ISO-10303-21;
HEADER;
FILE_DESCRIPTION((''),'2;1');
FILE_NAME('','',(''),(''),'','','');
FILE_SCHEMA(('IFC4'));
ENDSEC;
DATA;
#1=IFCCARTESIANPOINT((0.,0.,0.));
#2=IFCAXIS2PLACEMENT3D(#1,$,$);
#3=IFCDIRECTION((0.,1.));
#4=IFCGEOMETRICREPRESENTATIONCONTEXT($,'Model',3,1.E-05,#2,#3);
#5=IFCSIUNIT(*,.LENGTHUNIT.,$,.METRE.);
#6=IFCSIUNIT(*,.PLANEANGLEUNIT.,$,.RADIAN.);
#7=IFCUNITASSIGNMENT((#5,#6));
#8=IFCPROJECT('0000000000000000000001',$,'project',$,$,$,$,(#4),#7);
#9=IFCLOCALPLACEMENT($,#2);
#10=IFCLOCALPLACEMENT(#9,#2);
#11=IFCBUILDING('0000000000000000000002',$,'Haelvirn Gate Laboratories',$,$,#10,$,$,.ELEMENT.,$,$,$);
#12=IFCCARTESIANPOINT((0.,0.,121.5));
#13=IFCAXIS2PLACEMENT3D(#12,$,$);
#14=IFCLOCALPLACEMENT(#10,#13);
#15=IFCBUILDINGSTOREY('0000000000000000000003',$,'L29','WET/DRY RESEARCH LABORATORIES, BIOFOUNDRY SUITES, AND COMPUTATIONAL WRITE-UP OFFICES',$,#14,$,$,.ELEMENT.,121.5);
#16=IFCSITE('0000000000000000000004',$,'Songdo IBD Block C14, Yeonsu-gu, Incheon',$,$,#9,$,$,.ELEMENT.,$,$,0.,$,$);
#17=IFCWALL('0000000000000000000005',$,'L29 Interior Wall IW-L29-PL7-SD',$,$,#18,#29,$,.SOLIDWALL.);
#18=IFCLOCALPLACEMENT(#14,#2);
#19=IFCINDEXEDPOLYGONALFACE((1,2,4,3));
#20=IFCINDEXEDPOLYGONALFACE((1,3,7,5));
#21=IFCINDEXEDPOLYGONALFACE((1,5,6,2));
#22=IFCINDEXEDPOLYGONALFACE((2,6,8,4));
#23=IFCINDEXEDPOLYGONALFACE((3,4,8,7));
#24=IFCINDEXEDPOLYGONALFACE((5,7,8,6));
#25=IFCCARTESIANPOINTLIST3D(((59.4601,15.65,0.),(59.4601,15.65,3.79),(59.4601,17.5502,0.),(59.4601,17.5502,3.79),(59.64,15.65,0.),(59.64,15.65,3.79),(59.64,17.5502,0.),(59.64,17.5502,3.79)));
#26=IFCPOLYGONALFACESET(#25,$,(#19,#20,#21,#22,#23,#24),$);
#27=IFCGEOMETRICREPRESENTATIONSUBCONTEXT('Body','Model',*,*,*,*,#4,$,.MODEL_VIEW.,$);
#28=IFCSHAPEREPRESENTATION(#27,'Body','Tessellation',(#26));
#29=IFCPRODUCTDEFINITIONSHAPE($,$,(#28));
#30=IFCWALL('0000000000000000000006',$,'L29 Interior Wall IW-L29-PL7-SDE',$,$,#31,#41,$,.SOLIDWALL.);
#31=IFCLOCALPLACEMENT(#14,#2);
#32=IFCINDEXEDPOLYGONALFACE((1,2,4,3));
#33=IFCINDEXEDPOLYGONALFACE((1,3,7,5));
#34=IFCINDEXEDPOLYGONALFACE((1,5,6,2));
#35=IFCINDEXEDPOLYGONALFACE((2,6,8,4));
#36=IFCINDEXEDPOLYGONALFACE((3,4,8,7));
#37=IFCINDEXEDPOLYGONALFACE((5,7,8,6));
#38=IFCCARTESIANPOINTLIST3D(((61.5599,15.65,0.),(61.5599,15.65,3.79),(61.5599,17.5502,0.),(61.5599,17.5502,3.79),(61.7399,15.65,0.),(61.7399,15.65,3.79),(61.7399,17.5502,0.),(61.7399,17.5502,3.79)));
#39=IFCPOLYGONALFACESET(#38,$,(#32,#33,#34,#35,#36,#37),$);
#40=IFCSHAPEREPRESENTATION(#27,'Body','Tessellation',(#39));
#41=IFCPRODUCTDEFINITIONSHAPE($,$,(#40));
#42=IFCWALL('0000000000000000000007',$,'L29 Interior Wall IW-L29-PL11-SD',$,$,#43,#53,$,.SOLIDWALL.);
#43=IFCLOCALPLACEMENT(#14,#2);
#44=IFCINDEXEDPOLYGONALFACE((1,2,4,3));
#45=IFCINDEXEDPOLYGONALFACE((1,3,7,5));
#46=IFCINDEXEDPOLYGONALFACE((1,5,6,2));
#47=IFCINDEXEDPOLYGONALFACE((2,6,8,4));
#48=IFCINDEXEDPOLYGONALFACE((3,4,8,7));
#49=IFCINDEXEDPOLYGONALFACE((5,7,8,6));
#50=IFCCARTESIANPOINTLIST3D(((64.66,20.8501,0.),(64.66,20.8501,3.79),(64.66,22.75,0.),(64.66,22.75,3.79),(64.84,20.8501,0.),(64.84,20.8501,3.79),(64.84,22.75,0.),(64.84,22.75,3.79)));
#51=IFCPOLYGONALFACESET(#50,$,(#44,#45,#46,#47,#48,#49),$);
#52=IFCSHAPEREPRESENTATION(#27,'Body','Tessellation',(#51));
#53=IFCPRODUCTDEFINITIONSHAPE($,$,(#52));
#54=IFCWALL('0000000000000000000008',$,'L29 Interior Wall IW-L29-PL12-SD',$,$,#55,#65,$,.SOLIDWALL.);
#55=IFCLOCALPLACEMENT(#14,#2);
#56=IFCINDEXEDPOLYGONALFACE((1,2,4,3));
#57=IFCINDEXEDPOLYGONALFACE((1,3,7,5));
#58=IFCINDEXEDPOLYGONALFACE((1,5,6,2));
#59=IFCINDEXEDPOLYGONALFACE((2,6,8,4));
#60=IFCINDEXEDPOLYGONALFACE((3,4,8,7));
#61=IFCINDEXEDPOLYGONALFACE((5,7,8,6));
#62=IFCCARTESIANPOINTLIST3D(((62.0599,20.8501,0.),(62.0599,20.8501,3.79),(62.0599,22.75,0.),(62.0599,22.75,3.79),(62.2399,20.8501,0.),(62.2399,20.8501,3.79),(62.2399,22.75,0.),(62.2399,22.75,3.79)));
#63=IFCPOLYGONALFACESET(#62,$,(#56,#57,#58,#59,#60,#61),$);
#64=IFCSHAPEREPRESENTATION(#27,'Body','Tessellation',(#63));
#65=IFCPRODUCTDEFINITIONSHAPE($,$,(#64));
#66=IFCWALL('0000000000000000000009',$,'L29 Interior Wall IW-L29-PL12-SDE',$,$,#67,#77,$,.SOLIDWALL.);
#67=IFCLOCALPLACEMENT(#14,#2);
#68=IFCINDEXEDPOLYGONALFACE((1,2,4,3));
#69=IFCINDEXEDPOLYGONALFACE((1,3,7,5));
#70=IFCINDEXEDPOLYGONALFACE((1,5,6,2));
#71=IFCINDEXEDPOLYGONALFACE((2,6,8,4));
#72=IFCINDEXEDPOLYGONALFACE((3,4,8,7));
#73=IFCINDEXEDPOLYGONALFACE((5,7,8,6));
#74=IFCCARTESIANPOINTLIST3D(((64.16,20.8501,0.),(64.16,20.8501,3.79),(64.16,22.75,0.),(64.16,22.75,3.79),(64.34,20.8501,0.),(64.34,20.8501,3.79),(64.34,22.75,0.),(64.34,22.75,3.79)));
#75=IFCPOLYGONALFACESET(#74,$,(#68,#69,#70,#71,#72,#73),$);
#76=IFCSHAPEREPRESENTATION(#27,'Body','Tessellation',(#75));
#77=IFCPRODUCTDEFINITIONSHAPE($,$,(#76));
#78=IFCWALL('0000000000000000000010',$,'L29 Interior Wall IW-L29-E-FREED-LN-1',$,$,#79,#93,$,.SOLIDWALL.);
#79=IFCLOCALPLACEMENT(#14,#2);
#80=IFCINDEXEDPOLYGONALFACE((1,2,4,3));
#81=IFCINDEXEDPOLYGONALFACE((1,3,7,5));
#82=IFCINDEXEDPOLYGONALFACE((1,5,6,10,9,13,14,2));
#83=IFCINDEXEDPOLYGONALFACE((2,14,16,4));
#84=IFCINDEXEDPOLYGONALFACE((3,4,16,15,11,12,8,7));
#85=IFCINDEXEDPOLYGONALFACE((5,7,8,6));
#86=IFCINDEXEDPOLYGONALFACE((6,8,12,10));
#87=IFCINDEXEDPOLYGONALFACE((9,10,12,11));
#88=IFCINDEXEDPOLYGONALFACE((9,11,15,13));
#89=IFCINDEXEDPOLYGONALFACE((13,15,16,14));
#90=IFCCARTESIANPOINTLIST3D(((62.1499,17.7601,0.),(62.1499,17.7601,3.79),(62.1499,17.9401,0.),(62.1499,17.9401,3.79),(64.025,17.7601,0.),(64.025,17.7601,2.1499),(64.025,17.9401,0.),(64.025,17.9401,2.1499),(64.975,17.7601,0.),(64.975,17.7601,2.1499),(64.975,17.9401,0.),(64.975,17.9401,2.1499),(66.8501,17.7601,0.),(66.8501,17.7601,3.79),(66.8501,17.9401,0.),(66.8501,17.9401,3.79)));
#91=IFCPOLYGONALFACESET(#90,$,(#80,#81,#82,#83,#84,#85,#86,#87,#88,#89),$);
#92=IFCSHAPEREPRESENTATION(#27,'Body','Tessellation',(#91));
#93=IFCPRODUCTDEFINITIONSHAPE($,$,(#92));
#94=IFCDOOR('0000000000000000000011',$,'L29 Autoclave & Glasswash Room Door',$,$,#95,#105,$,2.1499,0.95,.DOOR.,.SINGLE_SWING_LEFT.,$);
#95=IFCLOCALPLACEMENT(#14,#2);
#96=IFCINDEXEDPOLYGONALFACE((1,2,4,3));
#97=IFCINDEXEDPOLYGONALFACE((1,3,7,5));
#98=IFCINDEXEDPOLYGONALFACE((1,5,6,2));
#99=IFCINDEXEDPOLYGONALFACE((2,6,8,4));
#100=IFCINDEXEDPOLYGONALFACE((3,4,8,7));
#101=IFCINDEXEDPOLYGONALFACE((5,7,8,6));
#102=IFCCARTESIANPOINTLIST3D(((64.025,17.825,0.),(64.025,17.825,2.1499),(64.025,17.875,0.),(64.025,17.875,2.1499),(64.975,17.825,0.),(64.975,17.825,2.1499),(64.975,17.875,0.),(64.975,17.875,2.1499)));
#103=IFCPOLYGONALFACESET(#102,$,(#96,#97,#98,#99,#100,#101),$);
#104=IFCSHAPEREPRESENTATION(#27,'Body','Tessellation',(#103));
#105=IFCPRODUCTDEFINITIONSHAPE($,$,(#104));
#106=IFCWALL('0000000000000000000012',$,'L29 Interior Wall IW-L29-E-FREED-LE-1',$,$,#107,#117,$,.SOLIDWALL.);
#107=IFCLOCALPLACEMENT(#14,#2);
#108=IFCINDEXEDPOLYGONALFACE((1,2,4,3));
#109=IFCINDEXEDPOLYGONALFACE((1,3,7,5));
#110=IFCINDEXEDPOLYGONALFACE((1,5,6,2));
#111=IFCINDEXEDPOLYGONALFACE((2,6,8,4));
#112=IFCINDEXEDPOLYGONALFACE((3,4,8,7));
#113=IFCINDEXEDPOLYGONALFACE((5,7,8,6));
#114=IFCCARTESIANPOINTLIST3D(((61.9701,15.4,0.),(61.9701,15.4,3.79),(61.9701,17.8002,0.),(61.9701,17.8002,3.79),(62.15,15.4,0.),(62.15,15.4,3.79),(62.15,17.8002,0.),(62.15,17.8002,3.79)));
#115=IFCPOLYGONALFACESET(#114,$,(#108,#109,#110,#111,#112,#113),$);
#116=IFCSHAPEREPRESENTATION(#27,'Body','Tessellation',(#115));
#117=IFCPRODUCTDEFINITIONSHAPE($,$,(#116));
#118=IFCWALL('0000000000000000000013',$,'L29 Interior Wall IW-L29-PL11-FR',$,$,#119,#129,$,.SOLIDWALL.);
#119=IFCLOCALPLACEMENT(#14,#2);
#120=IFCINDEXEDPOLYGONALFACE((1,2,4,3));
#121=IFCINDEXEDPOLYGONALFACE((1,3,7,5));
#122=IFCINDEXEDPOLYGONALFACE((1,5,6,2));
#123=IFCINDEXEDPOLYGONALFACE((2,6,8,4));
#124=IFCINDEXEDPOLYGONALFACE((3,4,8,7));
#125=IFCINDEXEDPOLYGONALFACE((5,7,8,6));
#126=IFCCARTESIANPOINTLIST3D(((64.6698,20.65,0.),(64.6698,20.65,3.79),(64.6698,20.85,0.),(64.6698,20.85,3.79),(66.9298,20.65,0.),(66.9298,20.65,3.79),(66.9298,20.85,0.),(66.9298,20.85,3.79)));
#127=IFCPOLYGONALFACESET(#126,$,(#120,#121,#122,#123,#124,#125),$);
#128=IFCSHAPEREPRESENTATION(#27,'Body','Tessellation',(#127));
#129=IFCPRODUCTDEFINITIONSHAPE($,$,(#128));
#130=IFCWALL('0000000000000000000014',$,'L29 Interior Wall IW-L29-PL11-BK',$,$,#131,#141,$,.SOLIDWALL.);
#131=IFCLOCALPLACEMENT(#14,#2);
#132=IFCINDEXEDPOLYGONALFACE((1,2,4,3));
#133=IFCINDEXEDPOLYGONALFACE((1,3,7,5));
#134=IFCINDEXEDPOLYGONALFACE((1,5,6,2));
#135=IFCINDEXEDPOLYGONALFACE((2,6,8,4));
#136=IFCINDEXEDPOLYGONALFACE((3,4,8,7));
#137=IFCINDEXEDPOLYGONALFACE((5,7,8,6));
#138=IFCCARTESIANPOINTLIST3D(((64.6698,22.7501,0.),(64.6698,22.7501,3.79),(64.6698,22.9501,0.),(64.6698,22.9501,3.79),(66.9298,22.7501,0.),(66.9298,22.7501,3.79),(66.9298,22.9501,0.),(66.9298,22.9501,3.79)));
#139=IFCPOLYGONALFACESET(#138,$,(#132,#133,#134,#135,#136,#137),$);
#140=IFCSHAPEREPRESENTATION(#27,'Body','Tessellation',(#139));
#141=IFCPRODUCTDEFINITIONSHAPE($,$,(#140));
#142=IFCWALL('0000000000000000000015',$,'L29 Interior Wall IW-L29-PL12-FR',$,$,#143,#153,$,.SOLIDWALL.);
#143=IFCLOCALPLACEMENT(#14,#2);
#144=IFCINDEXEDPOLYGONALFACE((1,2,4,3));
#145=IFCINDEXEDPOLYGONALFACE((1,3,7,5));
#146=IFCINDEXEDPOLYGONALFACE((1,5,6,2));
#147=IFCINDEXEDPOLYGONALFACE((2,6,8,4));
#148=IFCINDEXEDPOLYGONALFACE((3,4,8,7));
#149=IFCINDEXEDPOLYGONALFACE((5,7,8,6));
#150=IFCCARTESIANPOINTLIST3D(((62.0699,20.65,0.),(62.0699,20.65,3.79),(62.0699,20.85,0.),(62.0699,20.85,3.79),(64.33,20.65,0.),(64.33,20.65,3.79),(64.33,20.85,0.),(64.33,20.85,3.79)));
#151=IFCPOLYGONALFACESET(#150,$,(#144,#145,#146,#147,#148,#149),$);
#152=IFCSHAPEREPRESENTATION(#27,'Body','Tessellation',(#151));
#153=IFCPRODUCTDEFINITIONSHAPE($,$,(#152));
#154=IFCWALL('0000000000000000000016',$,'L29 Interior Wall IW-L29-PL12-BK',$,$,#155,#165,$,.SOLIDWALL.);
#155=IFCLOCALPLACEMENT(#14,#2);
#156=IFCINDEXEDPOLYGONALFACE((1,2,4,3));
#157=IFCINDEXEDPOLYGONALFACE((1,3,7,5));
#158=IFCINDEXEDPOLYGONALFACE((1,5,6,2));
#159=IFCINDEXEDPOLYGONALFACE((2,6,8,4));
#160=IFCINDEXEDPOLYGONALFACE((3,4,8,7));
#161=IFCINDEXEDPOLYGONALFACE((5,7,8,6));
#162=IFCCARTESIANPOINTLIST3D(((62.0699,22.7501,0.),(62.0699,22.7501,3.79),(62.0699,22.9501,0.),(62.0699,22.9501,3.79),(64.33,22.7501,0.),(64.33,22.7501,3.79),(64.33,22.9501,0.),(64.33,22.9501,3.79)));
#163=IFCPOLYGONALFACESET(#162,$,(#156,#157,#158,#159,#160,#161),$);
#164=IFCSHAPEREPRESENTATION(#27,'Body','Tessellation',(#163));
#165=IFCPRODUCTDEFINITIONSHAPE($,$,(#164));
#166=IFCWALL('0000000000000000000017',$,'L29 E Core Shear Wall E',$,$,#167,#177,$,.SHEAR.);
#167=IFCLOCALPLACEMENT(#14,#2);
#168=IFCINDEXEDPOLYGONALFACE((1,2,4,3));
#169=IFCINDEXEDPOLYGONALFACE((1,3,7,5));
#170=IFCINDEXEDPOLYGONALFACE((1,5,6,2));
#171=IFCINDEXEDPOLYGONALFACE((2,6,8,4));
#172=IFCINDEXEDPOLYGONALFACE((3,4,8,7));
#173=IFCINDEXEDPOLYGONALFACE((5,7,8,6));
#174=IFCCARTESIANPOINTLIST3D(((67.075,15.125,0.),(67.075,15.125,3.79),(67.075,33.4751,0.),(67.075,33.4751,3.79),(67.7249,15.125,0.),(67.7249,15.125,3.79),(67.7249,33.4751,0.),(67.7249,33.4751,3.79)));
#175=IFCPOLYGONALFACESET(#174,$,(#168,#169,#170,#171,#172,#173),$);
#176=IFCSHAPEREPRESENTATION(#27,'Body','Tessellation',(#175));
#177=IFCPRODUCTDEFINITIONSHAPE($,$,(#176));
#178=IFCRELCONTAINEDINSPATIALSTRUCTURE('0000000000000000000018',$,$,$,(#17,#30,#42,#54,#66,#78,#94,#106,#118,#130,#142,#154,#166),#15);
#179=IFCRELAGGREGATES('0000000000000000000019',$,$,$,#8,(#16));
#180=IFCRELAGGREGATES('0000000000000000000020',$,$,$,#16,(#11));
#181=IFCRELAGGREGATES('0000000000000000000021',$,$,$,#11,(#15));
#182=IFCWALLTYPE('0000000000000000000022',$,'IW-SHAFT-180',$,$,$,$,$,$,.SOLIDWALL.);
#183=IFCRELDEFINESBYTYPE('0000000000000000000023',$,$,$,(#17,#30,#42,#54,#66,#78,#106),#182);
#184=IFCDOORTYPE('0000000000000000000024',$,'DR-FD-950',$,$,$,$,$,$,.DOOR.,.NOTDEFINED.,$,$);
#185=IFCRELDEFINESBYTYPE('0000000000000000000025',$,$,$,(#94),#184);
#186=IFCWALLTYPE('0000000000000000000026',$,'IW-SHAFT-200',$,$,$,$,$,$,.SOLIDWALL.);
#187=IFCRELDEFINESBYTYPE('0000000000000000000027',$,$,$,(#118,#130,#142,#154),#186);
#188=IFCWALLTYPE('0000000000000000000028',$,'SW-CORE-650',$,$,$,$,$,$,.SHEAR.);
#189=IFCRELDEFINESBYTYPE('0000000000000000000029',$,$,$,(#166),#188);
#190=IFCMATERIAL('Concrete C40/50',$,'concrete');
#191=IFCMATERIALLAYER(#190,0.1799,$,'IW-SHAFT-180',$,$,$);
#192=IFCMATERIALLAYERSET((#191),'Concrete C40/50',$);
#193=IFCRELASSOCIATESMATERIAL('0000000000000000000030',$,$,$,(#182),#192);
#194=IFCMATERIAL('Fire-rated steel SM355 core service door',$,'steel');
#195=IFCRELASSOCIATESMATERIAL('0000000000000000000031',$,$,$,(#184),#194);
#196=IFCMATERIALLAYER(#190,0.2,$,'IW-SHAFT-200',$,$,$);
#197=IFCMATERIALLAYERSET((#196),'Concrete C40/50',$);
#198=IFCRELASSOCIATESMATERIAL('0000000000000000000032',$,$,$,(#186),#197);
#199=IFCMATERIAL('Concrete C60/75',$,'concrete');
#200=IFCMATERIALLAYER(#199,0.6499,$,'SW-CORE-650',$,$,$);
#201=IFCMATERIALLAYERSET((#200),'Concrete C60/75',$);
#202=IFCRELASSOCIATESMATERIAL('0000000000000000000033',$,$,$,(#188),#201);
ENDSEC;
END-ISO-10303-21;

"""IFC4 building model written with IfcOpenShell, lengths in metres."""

from ifc_helpers import new_model, si_unit, direction, frame, frame_2d, origin, place, context, subcontext, project, spatial, rectangle, extrude, source, transform, mapped, material, layer, layer_set, type_object, type_shapes, element, fill, save


model = new_model("IFC4")

# Units and contexts
model_context = context("Model", 3, precision=1e-05, world=origin(), true_north=direction((0.0, 1.0)))
body_context = subcontext(model_context, "Body", "Model", "MODEL_VIEW")
ifc_project = project(units=[si_unit("LENGTHUNIT", "METRE"), si_unit("PLANEANGLEUNIT", "RADIAN")], contexts=[model_context])

# Site, building, storey
site_placement = place(None, origin())
site = spatial("IfcSite", under=ifc_project, at=site_placement, Name="Songdo IBD Block C14, Yeonsu-gu, Incheon", CompositionType="ELEMENT", RefElevation=0.0)
building_placement = place(site_placement, origin())
building = spatial("IfcBuilding", under=site, at=building_placement, Name="Haelvirn Gate Laboratories", CompositionType="ELEMENT")
storey_placement = place(building_placement, frame((0.0, 0.0, 121.5)))
storey = spatial("IfcBuildingStorey", under=building, at=storey_placement, Name="L29", Description="WET/DRY RESEARCH LABORATORIES, BIOFOUNDRY SUITES, AND COMPUTATIONAL WRITE-UP OFFICES", CompositionType="ELEMENT", Elevation=121.5)

# Shared definitions
ifc_material_1 = material(Name="Concrete C60/75", Category="concrete")

# Walls
ifc_material_2 = material(Name="Concrete C40/50", Category="concrete")
ifc_layer_1 = layer(ifc_material_2, 0.1799, Name="IW-SHAFT-180")
ifc_layer_set_1 = layer_set([ifc_layer_1], Name="Concrete C40/50")
wall_type_1 = type_object("IfcWallType", Name="IW-SHAFT-180", PredefinedType="SOLIDWALL", material=ifc_layer_set_1)
for number, where, z_axis, x_axis, name in (
    (1, (59.55, 15.6499, 0.0), (0.0, 0.0, 1.0), (0.0, 1.0, 0.0), "L29 Interior Wall IW-L29-PL7-SD"),
    (2, (61.6499, 15.6499, 0.0), (0.0, 0.0, 1.0), (0.0, 1.0, 0.0), "L29 Interior Wall IW-L29-PL7-SDE"),
):
    element("IfcWall", number, at=place(storey_placement, frame(where, z_axis=z_axis, x_axis=x_axis)), inside=storey, type_object=wall_type_1, Name=name, PredefinedType="SOLIDWALL", context=body_context, shape_type="SweptSolid", body=[
        extrude(rectangle(XDim=1.9001, YDim=0.1799, at=frame_2d((0.9502, 0.0))), origin(), (0.0, 0.0, 1.0), 3.79),
    ])
for number, where, z_axis, x_axis, name in (
    (3, (64.75, 20.8501, 0.0), (0.0, 0.0, 1.0), (0.0, 1.0, 0.0), "L29 Interior Wall IW-L29-PL11-SD"),
    (4, (62.1499, 20.8501, 0.0), (0.0, 0.0, 1.0), (0.0, 1.0, 0.0), "L29 Interior Wall IW-L29-PL12-SD"),
    (5, (64.25, 20.8501, 0.0), (0.0, 0.0, 1.0), (0.0, 1.0, 0.0), "L29 Interior Wall IW-L29-PL12-SDE"),
):
    element("IfcWall", number, at=place(storey_placement, frame(where, z_axis=z_axis, x_axis=x_axis)), inside=storey, type_object=wall_type_1, Name=name, PredefinedType="SOLIDWALL", context=body_context, shape_type="SweptSolid", body=[
        extrude(rectangle(XDim=1.8999, YDim=0.1799, at=frame_2d((0.95, 0.0))), origin(), (0.0, 0.0, 1.0), 3.79),
    ])

# Wall, opening, door
wall_1_placement = place(storey_placement, frame((62.1499, 17.8501, 0.0), z_axis=(0.0, 0.0, 1.0), x_axis=(1.0, 0.0, 0.0)))
wall_1 = element("IfcWall", 6, at=wall_1_placement, inside=storey, type_object=wall_type_1, Name="L29 Interior Wall IW-L29-E-FREED-LN-1", PredefinedType="SOLIDWALL", context=body_context, shape_type="SweptSolid", body=[
    extrude(rectangle(XDim=4.7002, YDim=0.1799, at=frame_2d((2.3501, 0.0))), origin(), (0.0, 0.0, 1.0), 3.79),
])
opening_1_placement = place(wall_1_placement, frame((1.875, 0.0, 0.0)))
opening_1 = element("IfcOpeningElement", 7, at=opening_1_placement, cuts=wall_1, PredefinedType="OPENING", context=body_context, shape_type="SweptSolid", body=[
    extrude(rectangle(XDim=0.95, YDim=2.1499, at=frame_2d((0.4751, 1.075))), frame((0.0, 0.1001, 0.0), z_axis=(0.0, -1.0, 0.0), x_axis=(1.0, 0.0, 0.0)), (0.0, 0.0, 1.0), 0.2),
])
ifc_material_3 = material(Name="Fire-rated steel SM355 core service door", Category="steel")
door_type_1 = type_object("IfcDoorType", Name="DR-FD-950", OperationType="NOTDEFINED", PredefinedType="DOOR", material=ifc_material_3)
shared_shape_1 = source(origin(), body_context, "Body", "SweptSolid", [
    extrude(rectangle(XDim=0.95, YDim=2.1499, at=frame_2d((0.4751, 1.075))), frame((0.0, 0.0249, 0.0), z_axis=(0.0, -1.0, 0.0), x_axis=(1.0, 0.0, 0.0)), (0.0, 0.0, 1.0), 0.05),
])
type_shapes(door_type_1, [shared_shape_1])
door_1_placement = place(opening_1_placement, origin())
door_1 = element("IfcDoor", 8, at=door_1_placement, inside=storey, type_object=door_type_1, Name="L29 Autoclave & Glasswash Room Door", OperationType="SINGLE_SWING_LEFT", OverallHeight=2.1499, OverallWidth=0.95, PredefinedType="DOOR", context=body_context, shape_type="MappedRepresentation", body=[
    mapped(shared_shape_1, transform((0.0, 0.0, 0.0), scale=1.0)),
])
fill(opening_1, door_1)

# Walls
wall_2_placement = place(storey_placement, frame((62.0601, 15.3999, 0.0), z_axis=(0.0, 0.0, 1.0), x_axis=(0.0, 1.0, 0.0)))
element("IfcWall", 9, at=wall_2_placement, inside=storey, type_object=wall_type_1, Name="L29 Interior Wall IW-L29-E-FREED-LE-1", PredefinedType="SOLIDWALL", context=body_context, shape_type="SweptSolid", body=[
    extrude(rectangle(XDim=2.4001, YDim=0.1799, at=frame_2d((1.2002, 0.0))), origin(), (0.0, 0.0, 1.0), 3.79),
])
ifc_layer_2 = layer(ifc_material_2, 0.2, Name="IW-SHAFT-200")
ifc_layer_set_2 = layer_set([ifc_layer_2], Name="Concrete C40/50")
wall_type_2 = type_object("IfcWallType", Name="IW-SHAFT-200", PredefinedType="SOLIDWALL", material=ifc_layer_set_2)
for number, where, z_axis, x_axis, name in (
    (10, (64.6699, 20.75, 0.0), (0.0, 0.0, 1.0), (1.0, 0.0, 0.0), "L29 Interior Wall IW-L29-PL11-FR"),
    (11, (64.6699, 22.8501, 0.0), (0.0, 0.0, 1.0), (1.0, 0.0, 0.0), "L29 Interior Wall IW-L29-PL11-BK"),
    (12, (62.0701, 20.75, 0.0), (0.0, 0.0, 1.0), (1.0, 0.0, 0.0), "L29 Interior Wall IW-L29-PL12-FR"),
    (13, (62.0701, 22.8501, 0.0), (0.0, 0.0, 1.0), (1.0, 0.0, 0.0), "L29 Interior Wall IW-L29-PL12-BK"),
):
    element("IfcWall", number, at=place(storey_placement, frame(where, z_axis=z_axis, x_axis=x_axis)), inside=storey, type_object=wall_type_2, Name=name, PredefinedType="SOLIDWALL", context=body_context, shape_type="SweptSolid", body=[
        extrude(rectangle(XDim=2.26, YDim=0.2, at=frame_2d((1.1299, 0.0))), origin(), (0.0, 0.0, 1.0), 3.79),
    ])
ifc_layer_3 = layer(ifc_material_1, 0.6499, Name="SW-CORE-650")
ifc_layer_set_3 = layer_set([ifc_layer_3], Name="Concrete C60/75")
wall_type_3 = type_object("IfcWallType", Name="SW-CORE-650", PredefinedType="SHEAR", material=ifc_layer_set_3)
wall_3_placement = place(storey_placement, frame((67.3999, 15.125, 0.0), z_axis=(0.0, 0.0, 1.0), x_axis=(0.0, 1.0, 0.0)))
element("IfcWall", 14, at=wall_3_placement, inside=storey, type_object=wall_type_3, Name="L29 E Core Shear Wall E", PredefinedType="SHEAR", context=body_context, shape_type="SweptSolid", body=[
    extrude(rectangle(XDim=18.3501, YDim=0.6499, at=frame_2d((9.175, 0.0))), origin(), (0.0, 0.0, 1.0), 3.79),
])

save(model, "model.ifc")
